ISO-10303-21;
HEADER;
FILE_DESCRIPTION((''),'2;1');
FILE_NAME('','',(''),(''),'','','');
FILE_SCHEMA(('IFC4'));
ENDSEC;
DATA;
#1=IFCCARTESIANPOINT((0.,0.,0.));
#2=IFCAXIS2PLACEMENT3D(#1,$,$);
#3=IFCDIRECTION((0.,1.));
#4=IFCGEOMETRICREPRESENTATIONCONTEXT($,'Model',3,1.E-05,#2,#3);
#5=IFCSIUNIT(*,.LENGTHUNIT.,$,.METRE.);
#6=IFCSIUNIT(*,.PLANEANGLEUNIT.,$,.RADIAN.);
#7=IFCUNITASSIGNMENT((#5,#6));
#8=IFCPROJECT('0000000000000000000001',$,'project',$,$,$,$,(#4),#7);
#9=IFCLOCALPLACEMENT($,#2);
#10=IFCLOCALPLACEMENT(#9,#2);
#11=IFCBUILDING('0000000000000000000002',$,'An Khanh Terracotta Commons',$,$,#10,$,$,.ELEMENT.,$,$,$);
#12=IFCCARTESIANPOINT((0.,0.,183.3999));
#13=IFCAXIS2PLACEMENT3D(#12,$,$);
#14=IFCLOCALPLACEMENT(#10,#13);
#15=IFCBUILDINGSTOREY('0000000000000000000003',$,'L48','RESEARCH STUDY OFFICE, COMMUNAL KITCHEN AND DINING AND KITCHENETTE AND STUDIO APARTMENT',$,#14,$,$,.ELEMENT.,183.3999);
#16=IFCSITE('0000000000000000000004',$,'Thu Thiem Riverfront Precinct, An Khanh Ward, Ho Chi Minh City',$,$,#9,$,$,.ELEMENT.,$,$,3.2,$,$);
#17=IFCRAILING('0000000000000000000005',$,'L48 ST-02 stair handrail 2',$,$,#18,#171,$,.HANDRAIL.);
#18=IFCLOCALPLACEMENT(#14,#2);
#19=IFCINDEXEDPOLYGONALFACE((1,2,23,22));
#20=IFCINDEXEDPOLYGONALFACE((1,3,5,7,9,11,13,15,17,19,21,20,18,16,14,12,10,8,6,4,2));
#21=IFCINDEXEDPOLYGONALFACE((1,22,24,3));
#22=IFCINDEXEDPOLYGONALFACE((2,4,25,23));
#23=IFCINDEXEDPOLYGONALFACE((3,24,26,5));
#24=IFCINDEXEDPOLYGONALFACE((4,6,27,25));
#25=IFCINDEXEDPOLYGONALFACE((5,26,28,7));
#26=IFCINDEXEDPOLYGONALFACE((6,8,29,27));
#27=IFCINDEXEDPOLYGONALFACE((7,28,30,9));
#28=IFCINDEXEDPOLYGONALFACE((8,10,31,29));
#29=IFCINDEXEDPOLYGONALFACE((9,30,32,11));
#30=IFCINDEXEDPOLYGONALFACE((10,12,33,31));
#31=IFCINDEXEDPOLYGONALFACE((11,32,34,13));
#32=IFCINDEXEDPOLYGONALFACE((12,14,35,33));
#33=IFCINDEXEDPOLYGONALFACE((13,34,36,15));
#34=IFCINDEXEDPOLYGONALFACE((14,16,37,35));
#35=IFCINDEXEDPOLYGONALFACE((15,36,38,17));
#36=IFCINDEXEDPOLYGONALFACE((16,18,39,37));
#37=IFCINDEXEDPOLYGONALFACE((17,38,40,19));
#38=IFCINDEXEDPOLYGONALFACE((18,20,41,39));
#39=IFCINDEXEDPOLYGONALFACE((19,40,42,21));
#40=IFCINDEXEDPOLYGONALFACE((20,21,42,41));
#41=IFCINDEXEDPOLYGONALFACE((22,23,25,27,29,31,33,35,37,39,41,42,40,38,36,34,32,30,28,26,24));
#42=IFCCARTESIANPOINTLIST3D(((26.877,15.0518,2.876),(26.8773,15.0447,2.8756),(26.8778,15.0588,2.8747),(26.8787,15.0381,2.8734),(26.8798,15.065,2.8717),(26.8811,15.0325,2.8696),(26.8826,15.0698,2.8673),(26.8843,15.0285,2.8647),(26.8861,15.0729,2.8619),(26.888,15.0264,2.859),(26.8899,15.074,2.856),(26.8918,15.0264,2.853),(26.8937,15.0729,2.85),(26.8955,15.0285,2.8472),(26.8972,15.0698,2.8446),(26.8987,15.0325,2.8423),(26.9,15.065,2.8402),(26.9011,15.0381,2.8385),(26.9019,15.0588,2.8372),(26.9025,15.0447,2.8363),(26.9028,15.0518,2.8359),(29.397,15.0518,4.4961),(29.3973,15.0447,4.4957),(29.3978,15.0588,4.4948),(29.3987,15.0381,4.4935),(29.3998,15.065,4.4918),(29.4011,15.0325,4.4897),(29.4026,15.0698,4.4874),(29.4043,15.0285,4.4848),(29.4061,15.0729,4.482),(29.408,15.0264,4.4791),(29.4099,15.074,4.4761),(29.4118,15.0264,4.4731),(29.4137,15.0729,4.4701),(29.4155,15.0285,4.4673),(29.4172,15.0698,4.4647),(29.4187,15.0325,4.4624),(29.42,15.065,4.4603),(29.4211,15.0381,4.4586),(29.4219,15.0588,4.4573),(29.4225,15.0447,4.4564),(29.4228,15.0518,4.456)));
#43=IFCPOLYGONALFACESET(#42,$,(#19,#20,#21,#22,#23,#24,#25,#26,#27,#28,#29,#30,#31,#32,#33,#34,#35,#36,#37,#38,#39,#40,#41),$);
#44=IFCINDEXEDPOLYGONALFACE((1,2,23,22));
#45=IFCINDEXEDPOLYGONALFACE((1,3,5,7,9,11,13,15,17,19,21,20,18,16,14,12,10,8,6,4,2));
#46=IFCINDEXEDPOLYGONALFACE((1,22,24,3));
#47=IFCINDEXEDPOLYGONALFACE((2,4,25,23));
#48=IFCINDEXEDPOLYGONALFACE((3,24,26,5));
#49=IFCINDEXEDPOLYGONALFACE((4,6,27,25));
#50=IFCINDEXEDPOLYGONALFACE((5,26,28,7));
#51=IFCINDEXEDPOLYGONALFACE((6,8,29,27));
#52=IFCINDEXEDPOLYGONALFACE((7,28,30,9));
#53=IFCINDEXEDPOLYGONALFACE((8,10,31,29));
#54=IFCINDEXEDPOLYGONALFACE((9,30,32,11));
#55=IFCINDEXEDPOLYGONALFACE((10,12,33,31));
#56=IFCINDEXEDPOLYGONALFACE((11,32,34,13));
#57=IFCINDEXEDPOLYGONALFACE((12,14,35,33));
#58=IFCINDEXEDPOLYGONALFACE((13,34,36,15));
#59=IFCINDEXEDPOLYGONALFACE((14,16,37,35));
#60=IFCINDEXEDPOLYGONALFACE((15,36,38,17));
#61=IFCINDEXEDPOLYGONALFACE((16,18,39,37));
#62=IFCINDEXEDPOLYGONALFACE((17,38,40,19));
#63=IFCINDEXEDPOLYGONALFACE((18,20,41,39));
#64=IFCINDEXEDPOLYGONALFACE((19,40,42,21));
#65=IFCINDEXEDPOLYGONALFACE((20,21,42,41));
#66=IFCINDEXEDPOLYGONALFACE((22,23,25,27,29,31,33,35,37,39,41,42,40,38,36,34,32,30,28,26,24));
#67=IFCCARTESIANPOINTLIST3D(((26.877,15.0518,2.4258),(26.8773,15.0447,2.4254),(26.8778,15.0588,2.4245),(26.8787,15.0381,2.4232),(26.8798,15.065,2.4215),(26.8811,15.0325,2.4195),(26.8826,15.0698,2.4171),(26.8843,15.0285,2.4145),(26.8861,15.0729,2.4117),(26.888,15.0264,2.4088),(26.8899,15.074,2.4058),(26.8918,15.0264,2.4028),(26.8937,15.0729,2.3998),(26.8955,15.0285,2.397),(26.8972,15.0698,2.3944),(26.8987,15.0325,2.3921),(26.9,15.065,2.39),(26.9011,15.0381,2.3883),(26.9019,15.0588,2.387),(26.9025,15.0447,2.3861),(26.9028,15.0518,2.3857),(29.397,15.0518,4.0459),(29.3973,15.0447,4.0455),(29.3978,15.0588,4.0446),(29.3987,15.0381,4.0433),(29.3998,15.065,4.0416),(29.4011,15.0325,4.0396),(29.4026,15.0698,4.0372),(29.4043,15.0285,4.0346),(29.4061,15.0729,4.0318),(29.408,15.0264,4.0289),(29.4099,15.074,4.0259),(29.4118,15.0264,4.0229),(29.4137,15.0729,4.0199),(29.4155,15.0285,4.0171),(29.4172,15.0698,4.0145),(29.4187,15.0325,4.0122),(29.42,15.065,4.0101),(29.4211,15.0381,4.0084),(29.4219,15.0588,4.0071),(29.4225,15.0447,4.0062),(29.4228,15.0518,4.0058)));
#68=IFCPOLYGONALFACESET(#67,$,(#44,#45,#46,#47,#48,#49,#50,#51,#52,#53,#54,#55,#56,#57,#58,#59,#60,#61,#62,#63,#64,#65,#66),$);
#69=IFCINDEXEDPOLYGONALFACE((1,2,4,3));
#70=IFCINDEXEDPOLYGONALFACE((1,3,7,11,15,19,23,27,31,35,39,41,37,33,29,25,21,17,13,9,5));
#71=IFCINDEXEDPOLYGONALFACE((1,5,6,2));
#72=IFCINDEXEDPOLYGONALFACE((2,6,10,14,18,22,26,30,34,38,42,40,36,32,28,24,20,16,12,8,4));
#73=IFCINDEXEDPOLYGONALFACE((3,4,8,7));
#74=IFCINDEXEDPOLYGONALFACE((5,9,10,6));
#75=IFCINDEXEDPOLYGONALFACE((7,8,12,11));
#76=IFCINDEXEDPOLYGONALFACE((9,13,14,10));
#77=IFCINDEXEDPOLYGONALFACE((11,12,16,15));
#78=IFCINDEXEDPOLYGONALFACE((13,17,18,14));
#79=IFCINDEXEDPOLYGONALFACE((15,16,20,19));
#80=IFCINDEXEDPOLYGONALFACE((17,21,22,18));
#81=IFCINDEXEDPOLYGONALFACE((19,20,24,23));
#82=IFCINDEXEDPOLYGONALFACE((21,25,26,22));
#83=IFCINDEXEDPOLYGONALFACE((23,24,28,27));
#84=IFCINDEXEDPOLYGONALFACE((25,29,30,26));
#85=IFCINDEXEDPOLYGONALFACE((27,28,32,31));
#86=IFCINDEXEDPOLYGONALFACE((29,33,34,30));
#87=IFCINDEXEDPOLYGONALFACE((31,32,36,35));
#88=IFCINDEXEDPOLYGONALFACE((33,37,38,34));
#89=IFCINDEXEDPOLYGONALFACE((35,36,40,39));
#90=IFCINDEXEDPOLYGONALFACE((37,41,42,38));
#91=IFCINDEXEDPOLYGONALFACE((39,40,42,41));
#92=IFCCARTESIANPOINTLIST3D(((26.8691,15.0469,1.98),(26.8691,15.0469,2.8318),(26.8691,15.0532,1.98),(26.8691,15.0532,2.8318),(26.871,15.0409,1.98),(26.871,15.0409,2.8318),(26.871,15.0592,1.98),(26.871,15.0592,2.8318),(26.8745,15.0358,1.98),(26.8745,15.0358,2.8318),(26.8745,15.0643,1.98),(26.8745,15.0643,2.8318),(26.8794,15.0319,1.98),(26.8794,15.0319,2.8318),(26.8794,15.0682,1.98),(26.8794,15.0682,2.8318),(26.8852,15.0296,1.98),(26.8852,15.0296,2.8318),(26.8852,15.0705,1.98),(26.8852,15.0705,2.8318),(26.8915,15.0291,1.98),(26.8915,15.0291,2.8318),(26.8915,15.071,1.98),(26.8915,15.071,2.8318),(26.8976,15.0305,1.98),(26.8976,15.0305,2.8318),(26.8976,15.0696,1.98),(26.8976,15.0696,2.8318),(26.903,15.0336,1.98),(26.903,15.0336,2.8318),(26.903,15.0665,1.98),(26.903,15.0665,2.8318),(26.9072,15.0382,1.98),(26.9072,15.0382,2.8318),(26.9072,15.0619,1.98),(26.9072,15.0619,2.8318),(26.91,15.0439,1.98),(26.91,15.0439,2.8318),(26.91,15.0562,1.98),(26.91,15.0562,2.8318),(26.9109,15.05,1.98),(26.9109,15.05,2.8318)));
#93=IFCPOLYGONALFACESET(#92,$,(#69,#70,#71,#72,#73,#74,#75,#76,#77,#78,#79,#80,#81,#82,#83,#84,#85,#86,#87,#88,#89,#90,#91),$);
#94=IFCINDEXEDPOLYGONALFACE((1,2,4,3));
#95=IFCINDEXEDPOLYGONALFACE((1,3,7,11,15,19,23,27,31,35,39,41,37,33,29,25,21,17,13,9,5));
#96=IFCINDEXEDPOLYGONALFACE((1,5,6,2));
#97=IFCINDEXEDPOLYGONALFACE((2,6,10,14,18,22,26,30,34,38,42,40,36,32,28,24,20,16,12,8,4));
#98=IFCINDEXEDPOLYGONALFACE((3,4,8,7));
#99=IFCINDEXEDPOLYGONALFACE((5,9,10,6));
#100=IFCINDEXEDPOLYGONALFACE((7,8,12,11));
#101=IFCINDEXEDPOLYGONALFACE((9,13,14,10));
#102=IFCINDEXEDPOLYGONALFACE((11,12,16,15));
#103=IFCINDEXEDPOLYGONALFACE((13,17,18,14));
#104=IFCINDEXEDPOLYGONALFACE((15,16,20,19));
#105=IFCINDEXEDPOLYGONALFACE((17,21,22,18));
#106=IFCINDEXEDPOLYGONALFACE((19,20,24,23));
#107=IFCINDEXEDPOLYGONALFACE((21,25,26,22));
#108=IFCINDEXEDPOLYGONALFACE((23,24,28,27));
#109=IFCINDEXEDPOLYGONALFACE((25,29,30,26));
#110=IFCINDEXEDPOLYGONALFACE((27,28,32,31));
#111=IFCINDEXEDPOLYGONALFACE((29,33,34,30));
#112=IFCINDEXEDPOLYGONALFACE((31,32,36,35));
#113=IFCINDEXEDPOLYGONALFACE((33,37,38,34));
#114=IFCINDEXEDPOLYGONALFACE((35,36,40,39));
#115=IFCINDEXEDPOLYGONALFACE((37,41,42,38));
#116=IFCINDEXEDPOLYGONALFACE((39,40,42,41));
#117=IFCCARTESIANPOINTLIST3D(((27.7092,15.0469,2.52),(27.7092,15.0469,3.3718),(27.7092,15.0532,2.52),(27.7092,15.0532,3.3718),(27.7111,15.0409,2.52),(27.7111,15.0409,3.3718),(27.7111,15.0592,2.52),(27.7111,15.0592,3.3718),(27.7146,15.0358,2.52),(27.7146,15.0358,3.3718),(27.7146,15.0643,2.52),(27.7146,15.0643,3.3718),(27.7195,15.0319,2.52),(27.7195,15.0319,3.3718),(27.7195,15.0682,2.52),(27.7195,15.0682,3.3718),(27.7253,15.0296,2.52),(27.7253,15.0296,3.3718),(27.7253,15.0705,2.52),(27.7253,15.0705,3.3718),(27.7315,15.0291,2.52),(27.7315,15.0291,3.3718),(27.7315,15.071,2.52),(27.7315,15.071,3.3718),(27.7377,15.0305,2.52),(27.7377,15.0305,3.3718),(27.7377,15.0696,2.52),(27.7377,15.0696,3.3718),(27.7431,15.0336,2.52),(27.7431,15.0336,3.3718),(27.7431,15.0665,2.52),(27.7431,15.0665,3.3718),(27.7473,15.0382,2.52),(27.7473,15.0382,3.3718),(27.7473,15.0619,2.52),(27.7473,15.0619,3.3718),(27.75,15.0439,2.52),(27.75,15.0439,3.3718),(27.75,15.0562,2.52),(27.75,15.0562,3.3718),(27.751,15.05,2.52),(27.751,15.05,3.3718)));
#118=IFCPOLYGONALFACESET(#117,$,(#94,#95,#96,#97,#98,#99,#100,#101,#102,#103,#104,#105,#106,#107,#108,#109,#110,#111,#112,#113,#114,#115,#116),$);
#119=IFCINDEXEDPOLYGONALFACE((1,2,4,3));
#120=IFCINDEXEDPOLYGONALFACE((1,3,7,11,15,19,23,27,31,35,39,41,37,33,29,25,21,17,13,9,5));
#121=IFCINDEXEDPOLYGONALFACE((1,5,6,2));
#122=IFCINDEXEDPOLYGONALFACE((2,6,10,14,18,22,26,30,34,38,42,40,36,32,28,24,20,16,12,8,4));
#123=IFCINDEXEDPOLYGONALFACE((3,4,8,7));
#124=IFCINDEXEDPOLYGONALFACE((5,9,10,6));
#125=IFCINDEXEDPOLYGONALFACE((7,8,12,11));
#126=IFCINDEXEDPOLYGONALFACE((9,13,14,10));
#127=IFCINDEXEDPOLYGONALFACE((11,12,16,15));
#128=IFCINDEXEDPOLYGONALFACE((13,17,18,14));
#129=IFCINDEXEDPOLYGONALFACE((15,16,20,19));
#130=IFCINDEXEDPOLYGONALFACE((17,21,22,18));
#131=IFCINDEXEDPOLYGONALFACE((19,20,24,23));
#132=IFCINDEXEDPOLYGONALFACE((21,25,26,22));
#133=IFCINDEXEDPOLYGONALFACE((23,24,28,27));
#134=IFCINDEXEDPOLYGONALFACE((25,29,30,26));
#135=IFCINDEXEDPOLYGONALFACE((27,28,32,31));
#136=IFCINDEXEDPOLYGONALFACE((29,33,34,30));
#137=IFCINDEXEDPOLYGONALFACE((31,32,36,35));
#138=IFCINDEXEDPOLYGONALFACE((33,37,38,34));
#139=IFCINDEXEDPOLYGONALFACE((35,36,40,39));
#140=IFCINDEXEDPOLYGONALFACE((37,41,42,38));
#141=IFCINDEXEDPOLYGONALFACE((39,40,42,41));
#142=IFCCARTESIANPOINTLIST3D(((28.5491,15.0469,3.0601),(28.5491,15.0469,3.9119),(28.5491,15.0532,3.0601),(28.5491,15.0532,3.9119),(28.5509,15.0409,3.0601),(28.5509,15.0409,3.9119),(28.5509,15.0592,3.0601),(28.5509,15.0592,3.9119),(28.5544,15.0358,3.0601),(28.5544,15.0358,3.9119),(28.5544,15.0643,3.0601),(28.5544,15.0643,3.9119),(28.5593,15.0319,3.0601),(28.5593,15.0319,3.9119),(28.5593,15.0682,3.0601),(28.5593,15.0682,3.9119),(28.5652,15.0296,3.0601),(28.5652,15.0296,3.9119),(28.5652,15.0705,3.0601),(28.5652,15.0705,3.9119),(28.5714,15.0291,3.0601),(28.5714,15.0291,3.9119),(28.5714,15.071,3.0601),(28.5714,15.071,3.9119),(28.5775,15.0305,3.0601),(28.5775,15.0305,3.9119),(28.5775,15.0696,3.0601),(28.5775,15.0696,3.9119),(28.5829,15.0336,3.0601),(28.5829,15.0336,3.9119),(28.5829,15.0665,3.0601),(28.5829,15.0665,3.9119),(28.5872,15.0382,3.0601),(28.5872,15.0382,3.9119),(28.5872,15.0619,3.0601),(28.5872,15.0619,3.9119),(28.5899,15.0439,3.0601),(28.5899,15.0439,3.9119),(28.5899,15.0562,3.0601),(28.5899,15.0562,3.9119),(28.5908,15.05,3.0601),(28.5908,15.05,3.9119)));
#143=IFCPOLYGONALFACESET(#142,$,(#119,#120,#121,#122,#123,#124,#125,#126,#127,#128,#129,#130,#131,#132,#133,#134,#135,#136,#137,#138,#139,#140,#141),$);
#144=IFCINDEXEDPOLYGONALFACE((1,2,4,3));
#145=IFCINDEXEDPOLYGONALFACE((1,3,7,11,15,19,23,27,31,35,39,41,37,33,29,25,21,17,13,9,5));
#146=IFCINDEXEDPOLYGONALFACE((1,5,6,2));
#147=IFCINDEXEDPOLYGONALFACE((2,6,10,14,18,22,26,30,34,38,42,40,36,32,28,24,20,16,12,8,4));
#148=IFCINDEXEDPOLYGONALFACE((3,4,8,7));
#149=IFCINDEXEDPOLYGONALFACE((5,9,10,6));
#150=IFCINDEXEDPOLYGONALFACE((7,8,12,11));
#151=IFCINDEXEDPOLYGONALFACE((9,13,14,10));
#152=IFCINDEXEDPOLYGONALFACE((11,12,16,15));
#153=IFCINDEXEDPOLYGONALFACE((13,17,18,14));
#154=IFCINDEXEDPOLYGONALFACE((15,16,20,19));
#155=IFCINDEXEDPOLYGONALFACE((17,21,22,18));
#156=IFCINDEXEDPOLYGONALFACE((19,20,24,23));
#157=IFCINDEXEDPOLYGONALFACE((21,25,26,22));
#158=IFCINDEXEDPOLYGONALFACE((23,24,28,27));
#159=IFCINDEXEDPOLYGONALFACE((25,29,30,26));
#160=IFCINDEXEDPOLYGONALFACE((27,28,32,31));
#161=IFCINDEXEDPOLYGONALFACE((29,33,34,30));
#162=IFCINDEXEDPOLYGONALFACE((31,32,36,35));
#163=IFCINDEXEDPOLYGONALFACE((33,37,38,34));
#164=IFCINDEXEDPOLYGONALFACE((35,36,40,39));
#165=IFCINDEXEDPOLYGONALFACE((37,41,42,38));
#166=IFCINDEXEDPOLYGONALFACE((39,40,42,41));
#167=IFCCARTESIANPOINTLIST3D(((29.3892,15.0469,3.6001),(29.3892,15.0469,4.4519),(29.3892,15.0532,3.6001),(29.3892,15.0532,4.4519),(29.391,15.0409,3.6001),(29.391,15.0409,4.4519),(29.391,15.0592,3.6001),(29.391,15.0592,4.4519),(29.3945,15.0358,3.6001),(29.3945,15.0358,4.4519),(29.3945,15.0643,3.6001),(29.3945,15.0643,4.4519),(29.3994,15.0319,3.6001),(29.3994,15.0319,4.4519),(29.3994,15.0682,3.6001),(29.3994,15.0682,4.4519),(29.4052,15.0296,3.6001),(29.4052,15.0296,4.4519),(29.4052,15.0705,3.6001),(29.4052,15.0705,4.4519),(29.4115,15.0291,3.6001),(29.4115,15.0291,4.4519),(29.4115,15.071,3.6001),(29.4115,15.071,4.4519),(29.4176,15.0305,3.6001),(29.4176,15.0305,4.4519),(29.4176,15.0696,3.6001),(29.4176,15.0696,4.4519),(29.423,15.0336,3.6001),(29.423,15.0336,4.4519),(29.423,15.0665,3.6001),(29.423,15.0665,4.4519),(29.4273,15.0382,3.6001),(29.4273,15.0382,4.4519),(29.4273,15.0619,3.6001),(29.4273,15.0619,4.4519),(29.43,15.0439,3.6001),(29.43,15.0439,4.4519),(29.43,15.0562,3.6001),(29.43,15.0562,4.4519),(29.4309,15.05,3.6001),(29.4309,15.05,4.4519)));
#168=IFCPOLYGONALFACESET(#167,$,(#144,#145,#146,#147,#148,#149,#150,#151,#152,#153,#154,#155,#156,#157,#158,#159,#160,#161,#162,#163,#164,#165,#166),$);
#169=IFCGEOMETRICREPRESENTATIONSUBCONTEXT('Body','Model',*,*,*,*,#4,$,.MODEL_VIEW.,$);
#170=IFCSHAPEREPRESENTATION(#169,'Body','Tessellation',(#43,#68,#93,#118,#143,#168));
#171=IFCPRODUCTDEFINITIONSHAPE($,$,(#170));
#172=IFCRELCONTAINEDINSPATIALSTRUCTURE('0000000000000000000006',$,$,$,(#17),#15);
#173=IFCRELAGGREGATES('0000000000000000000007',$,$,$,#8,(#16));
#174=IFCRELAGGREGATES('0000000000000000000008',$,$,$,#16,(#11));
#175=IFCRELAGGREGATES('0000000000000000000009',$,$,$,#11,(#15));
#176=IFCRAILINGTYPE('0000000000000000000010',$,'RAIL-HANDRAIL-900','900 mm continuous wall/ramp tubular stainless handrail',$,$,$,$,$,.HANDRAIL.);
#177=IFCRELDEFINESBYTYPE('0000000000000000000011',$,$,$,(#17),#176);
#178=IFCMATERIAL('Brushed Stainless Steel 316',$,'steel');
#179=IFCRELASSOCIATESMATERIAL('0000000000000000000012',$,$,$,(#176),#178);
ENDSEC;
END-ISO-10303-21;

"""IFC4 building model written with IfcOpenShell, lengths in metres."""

from ifc_helpers import new_model, si_unit, direction, frame, origin, origin_2d, place, context, subcontext, project, spatial, circle, extrude, material, type_object, element, save


model = new_model("IFC4")

# Units and contexts
model_context = context("Model", 3, precision=1e-05, world=origin(), true_north=direction((0.0, 1.0)))
body_context = subcontext(model_context, "Body", "Model", "MODEL_VIEW")
ifc_project = project(units=[si_unit("LENGTHUNIT", "METRE"), si_unit("PLANEANGLEUNIT", "RADIAN")], contexts=[model_context])

# Site, building, storey
site_placement = place(None, origin())
site = spatial("IfcSite", under=ifc_project, at=site_placement, Name="Thu Thiem Riverfront Precinct, An Khanh Ward, Ho Chi Minh City", CompositionType="ELEMENT", RefElevation=3.2)
building_placement = place(site_placement, origin())
building = spatial("IfcBuilding", under=site, at=building_placement, Name="An Khanh Terracotta Commons", CompositionType="ELEMENT")
storey_placement = place(building_placement, frame((0.0, 0.0, 183.3999)))
storey = spatial("IfcBuildingStorey", under=building, at=storey_placement, Name="L48", Description="RESEARCH STUDY OFFICE, COMMUNAL KITCHEN AND DINING AND KITCHENETTE AND STUDIO APARTMENT", CompositionType="ELEMENT", Elevation=183.3999)

# Railing
ifc_material_1 = material(Name="Brushed Stainless Steel 316", Category="steel")
railing_type_1 = type_object("IfcRailingType", Name="RAIL-HANDRAIL-900", Description="900 mm continuous wall/ramp tubular stainless handrail", PredefinedType="HANDRAIL", material=ifc_material_1)
railing_1_placement = place(storey_placement, frame((26.8899, 15.05, 1.98)))
element("IfcRailing", 1, at=railing_1_placement, inside=storey, type_object=railing_type_1, Name="L48 ST-02 stair handrail 2", PredefinedType="HANDRAIL", context=body_context, shape_type="SweptSolid", body=[
    extrude(circle(Radius=0.0239, at=origin_2d()), frame((0.0, 0.0, 0.876), z_axis=(0.841163, 0.0, 0.540782), x_axis=(0.0, 1.0, 0.0)), (0.0, 0.0, 1.0), 2.9958),
    extrude(circle(Radius=0.0239, at=origin_2d()), frame((0.0, 0.0, 0.4258), z_axis=(0.841163, 0.0, 0.540782), x_axis=(0.0, 1.0, 0.0)), (0.0, 0.0, 1.0), 2.9958),
    extrude(circle(Radius=0.021, at=origin_2d()), origin(), (0.0, 0.0, 1.0), 0.8518),
    extrude(circle(Radius=0.021, at=origin_2d()), frame((0.8401, 0.0, 0.54)), (0.0, 0.0, 1.0), 0.8518),
    extrude(circle(Radius=0.021, at=origin_2d()), frame((1.6799, 0.0, 1.0801)), (0.0, 0.0, 1.0), 0.8518),
    extrude(circle(Radius=0.021, at=origin_2d()), frame((2.52, 0.0, 1.6201)), (0.0, 0.0, 1.0), 0.8518),
])

save(model, "model.ifc")
